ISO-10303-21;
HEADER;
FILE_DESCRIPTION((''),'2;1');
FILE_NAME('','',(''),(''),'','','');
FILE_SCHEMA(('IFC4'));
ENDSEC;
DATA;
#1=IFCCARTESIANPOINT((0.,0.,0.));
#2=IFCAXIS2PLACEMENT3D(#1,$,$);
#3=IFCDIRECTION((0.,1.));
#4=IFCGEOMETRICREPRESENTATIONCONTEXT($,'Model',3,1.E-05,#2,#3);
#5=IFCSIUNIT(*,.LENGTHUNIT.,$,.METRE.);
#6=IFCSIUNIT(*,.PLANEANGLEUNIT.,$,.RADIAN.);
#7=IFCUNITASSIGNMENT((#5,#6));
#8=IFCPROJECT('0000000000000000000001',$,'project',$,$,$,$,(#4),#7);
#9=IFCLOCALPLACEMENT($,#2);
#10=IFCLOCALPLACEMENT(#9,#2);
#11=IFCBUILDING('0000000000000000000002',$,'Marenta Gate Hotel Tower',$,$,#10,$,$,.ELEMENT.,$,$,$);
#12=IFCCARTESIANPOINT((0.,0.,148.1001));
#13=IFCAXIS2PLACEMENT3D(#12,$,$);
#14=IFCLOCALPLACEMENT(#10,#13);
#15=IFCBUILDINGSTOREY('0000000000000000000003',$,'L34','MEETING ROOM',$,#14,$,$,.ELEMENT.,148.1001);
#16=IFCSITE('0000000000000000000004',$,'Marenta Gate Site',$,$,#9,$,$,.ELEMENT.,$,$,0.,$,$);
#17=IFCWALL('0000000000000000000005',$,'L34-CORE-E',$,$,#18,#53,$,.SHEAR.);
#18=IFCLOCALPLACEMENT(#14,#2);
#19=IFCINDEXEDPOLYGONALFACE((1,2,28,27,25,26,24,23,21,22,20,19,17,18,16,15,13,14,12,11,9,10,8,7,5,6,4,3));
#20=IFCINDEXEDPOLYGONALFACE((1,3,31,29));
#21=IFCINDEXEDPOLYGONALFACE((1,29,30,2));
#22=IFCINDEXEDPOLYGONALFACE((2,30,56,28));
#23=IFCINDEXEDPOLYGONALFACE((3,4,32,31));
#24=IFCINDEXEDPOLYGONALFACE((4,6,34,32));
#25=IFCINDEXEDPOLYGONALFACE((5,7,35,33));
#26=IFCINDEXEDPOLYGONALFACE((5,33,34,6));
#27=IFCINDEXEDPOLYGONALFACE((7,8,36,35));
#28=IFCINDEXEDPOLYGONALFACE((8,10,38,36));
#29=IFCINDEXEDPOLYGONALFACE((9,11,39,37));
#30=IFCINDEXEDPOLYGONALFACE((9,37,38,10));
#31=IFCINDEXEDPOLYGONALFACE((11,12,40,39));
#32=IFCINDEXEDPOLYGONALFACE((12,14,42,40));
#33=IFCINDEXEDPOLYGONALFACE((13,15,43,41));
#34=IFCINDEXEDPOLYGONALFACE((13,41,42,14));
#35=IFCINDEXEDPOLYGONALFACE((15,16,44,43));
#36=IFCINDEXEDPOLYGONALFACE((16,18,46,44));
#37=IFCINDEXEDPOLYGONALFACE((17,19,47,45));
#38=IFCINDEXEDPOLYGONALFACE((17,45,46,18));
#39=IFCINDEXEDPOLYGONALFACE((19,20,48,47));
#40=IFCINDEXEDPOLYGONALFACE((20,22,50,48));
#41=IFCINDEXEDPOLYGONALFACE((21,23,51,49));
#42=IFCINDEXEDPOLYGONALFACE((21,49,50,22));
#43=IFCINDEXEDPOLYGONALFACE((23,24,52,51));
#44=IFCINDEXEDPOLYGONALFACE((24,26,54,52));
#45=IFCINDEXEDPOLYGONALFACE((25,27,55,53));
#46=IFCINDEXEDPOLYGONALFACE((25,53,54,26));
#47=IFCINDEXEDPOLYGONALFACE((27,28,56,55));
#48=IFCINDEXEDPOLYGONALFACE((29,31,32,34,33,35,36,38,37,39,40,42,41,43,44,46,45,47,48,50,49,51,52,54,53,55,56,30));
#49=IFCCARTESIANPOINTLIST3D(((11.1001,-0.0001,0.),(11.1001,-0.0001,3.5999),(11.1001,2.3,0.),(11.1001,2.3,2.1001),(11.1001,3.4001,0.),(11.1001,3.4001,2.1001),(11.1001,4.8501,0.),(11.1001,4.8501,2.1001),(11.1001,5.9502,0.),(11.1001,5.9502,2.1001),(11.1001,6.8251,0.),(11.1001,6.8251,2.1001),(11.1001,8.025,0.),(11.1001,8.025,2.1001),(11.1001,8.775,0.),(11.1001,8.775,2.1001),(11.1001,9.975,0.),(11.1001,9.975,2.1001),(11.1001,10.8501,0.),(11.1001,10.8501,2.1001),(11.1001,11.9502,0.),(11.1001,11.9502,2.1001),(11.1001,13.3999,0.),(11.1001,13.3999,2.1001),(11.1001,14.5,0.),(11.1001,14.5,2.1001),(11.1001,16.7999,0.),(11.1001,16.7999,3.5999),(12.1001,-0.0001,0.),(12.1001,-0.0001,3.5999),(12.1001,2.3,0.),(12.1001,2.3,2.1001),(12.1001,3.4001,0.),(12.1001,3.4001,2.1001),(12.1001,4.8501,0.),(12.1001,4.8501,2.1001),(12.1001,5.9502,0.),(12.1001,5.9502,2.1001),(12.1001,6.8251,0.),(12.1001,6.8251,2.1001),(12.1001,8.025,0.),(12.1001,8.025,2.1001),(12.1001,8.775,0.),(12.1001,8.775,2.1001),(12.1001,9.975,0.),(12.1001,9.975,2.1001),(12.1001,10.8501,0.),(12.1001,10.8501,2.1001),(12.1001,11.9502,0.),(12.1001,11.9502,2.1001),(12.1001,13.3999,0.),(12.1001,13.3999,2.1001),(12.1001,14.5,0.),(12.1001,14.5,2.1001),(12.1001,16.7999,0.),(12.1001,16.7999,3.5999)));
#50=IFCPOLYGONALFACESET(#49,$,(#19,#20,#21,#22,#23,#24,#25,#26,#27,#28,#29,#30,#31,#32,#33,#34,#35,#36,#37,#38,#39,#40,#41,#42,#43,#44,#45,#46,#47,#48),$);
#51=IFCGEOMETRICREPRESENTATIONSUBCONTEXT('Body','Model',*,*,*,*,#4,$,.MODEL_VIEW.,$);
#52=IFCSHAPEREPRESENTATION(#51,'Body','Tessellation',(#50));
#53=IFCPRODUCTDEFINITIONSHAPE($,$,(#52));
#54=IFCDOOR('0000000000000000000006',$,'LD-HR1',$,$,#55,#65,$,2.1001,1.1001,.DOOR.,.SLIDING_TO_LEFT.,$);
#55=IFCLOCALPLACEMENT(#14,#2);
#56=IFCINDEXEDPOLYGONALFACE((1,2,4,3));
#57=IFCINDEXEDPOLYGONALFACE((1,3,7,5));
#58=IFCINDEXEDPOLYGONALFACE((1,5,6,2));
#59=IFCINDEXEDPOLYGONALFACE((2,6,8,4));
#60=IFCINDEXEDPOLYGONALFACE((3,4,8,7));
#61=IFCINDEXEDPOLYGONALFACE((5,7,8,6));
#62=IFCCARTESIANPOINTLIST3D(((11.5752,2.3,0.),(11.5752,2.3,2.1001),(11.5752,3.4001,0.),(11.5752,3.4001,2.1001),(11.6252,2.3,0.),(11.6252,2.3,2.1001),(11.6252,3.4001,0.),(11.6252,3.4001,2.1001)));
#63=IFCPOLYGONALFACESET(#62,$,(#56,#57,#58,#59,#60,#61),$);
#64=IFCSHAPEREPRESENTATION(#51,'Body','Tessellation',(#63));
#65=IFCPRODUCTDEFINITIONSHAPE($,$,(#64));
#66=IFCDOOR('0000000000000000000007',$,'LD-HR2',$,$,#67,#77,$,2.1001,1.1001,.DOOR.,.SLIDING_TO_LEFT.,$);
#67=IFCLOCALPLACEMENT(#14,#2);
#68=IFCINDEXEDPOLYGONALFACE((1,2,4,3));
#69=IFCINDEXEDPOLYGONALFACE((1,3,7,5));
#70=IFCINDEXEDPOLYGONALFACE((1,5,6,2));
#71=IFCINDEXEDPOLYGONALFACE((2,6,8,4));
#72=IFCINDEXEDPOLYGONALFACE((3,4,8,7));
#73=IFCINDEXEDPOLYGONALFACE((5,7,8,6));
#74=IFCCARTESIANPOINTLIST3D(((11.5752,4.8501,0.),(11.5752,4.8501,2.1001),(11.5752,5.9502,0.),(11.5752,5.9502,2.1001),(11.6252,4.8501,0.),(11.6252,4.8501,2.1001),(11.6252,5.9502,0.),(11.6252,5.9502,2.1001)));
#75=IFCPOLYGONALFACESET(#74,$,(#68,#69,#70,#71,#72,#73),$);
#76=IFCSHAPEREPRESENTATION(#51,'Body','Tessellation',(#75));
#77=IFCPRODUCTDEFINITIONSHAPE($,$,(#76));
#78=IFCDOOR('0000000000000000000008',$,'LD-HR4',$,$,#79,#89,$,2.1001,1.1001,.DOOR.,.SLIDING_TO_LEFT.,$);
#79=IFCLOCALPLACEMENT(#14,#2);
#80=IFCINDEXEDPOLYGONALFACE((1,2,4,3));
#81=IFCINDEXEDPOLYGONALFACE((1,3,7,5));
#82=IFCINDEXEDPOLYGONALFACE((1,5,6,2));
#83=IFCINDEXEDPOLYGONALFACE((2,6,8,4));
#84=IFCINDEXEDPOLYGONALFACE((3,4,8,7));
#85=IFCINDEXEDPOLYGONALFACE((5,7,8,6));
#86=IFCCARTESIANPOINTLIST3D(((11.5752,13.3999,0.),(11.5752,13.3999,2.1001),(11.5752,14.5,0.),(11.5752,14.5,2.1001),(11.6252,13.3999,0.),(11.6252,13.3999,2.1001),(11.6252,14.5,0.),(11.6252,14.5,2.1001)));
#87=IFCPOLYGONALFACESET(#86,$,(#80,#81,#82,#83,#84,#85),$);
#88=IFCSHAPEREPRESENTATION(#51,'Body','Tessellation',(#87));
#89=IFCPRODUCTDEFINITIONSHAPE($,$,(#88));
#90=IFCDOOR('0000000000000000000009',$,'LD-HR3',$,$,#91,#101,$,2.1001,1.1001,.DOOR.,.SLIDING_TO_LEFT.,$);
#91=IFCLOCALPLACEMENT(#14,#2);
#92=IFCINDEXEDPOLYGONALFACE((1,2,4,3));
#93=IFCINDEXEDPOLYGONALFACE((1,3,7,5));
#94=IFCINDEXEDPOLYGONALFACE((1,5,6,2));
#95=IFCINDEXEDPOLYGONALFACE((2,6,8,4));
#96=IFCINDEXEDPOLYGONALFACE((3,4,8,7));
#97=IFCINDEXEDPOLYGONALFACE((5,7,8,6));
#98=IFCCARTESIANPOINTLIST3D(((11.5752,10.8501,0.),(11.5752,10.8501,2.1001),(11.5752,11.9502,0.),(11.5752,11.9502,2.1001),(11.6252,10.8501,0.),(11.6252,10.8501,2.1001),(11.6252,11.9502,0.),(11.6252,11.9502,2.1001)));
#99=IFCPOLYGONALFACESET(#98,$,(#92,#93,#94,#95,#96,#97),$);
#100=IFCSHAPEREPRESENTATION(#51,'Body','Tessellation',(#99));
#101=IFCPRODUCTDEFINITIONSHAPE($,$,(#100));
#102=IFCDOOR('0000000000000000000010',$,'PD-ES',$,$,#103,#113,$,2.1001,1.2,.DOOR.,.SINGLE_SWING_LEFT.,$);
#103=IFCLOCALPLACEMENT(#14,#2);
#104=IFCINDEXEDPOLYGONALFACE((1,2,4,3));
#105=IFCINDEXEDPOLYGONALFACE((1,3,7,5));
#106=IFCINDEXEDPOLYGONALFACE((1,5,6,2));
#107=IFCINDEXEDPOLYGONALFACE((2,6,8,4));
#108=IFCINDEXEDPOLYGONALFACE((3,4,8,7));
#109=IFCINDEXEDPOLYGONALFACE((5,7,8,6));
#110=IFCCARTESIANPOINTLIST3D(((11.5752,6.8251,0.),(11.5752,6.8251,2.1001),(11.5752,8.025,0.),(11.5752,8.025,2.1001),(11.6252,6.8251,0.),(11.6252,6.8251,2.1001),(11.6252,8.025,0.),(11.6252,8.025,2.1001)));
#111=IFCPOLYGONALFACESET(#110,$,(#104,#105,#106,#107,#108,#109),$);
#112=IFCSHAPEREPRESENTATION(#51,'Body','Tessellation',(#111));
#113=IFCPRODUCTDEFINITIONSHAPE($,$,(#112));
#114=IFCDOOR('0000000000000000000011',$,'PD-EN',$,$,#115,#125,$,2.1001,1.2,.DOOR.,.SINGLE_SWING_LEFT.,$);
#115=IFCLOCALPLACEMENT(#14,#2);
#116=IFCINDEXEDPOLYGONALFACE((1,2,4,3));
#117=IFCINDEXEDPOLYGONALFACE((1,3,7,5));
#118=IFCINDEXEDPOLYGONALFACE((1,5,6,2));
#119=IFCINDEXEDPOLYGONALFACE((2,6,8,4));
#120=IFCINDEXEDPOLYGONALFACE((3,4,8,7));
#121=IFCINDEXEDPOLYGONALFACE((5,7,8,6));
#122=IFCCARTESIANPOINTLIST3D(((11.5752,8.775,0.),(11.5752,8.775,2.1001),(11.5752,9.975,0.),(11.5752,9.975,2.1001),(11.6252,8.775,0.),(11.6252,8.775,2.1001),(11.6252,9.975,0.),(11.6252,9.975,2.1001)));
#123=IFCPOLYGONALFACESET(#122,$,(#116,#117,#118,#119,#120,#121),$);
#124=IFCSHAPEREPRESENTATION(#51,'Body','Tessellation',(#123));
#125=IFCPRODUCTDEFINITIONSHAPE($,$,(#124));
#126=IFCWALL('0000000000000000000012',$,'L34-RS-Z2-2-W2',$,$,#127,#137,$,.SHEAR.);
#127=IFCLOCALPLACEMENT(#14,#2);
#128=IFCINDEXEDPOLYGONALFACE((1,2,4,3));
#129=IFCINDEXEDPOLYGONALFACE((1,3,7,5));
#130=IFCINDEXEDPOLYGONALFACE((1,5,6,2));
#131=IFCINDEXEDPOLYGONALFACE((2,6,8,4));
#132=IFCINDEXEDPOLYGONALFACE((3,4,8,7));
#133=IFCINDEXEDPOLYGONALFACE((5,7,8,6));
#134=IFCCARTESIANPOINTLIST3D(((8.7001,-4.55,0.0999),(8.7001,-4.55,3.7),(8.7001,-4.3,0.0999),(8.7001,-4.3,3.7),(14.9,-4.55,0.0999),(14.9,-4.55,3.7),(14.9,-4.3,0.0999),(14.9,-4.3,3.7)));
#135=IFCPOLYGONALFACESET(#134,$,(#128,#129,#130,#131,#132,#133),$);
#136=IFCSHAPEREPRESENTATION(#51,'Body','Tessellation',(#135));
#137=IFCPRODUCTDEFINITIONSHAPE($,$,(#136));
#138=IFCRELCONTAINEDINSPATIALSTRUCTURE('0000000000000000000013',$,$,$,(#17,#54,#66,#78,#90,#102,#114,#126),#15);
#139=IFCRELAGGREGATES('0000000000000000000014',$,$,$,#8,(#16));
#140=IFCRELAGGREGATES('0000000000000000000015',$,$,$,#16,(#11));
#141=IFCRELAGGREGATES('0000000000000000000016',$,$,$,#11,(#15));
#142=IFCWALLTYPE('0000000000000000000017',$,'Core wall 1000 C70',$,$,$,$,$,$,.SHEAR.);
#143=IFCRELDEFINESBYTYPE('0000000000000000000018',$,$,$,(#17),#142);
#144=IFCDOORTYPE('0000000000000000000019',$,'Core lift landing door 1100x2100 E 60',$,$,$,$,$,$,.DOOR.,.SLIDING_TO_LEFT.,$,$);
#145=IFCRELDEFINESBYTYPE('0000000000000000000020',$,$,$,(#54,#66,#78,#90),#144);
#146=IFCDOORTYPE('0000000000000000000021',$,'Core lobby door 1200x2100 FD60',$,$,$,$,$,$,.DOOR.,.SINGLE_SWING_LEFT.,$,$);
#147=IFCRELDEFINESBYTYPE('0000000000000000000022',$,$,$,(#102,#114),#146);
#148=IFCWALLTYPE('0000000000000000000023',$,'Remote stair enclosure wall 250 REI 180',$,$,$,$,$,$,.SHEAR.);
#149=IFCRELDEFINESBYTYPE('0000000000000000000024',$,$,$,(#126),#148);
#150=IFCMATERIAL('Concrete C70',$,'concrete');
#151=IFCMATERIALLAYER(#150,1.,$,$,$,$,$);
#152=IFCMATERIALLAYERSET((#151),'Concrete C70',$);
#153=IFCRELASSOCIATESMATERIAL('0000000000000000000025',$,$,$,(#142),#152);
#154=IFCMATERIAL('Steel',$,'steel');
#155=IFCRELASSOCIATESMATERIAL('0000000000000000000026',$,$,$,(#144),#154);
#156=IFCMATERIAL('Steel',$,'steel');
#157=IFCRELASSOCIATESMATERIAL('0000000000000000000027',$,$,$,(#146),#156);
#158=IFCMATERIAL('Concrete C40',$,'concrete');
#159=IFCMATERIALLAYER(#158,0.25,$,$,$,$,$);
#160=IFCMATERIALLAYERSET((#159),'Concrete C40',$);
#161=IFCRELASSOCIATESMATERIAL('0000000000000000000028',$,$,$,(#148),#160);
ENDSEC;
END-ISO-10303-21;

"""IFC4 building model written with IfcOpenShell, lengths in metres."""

from ifc_helpers import new_model, si_unit, direction, frame, frame_2d, origin, place, context, subcontext, project, spatial, rectangle, extrude, material, layer, layer_set, type_object, element, fill, save


model = new_model("IFC4")

# Units and contexts
model_context = context("Model", 3, precision=1e-05, world=origin(), true_north=direction((0.0, 1.0)))
body_context = subcontext(model_context, "Body", "Model", "MODEL_VIEW")
ifc_project = project(units=[si_unit("LENGTHUNIT", "METRE"), si_unit("PLANEANGLEUNIT", "RADIAN")], contexts=[model_context])

# Site, building, storey
site_placement = place(None, origin())
site = spatial("IfcSite", under=ifc_project, at=site_placement, Name="Marenta Gate Site", CompositionType="ELEMENT", RefElevation=0.0)
building_placement = place(site_placement, origin())
building = spatial("IfcBuilding", under=site, at=building_placement, Name="Marenta Gate Hotel Tower", CompositionType="ELEMENT")
storey_placement = place(building_placement, frame((0.0, 0.0, 148.1001)))
storey = spatial("IfcBuildingStorey", under=building, at=storey_placement, Name="L34", Description="MEETING ROOM", CompositionType="ELEMENT", Elevation=148.1001)

# Wall, openings, doors
ifc_material_1 = material(Name="Concrete C70", Category="concrete")
ifc_layer_1 = layer(ifc_material_1, 1.0)
ifc_layer_set_1 = layer_set([ifc_layer_1], Name="Concrete C70")
wall_type_1 = type_object("IfcWallType", Name="Core wall 1000 C70", PredefinedType="SHEAR", material=ifc_layer_set_1)
wall_1_placement = place(storey_placement, frame((11.6001, 0.0, 0.0), z_axis=(0.0, 0.0, 1.0), x_axis=(0.0, 1.0, 0.0)))
wall_1 = element("IfcWall", 1, at=wall_1_placement, inside=storey, type_object=wall_type_1, Name="L34-CORE-E", PredefinedType="SHEAR", context=body_context, shape_type="SweptSolid", body=[
    extrude(rectangle(XDim=16.8, YDim=1.0, at=frame_2d((8.3999, 0.0))), origin(), (0.0, 0.0, 1.0), 3.5999),
])
opening_1_placement = place(wall_1_placement, frame((2.3, 0.0, 0.0)))
opening_1 = element("IfcOpeningElement", 2, at=opening_1_placement, cuts=wall_1, PredefinedType="OPENING", context=body_context, shape_type="SweptSolid", body=[
    extrude(rectangle(XDim=1.1001, YDim=2.1001, at=frame_2d((0.55, 1.05))), frame((0.0, 0.5, 0.0), z_axis=(0.0, -1.0, 0.0), x_axis=(1.0, 0.0, 0.0)), (0.0, 0.0, 1.0), 1.0),
])
opening_2_placement = place(wall_1_placement, frame((4.8501, 0.0, 0.0)))
opening_2 = element("IfcOpeningElement", 3, at=opening_2_placement, cuts=wall_1, PredefinedType="OPENING", context=body_context, shape_type="SweptSolid", body=[
    extrude(rectangle(XDim=1.1001, YDim=2.1001, at=frame_2d((0.55, 1.05))), frame((0.0, 0.5, 0.0), z_axis=(0.0, -1.0, 0.0), x_axis=(1.0, 0.0, 0.0)), (0.0, 0.0, 1.0), 1.0),
])
opening_3_placement = place(wall_1_placement, frame((6.825, 0.0, 0.0)))
opening_3 = element("IfcOpeningElement", 4, at=opening_3_placement, cuts=wall_1, PredefinedType="OPENING", context=body_context, shape_type="SweptSolid", body=[
    extrude(rectangle(XDim=1.2, YDim=2.1001, at=frame_2d((0.6001, 1.05))), frame((0.0, 0.5, 0.0), z_axis=(0.0, -1.0, 0.0), x_axis=(1.0, 0.0, 0.0)), (0.0, 0.0, 1.0), 1.0),
])
opening_4_placement = place(wall_1_placement, frame((13.3999, 0.0, 0.0)))
opening_4 = element("IfcOpeningElement", 5, at=opening_4_placement, cuts=wall_1, PredefinedType="OPENING", context=body_context, shape_type="SweptSolid", body=[
    extrude(rectangle(XDim=1.1001, YDim=2.1001, at=frame_2d((0.55, 1.05))), frame((0.0, 0.5, 0.0), z_axis=(0.0, -1.0, 0.0), x_axis=(1.0, 0.0, 0.0)), (0.0, 0.0, 1.0), 1.0),
])
opening_5_placement = place(wall_1_placement, frame((10.8501, 0.0, 0.0)))
opening_5 = element("IfcOpeningElement", 6, at=opening_5_placement, cuts=wall_1, PredefinedType="OPENING", context=body_context, shape_type="SweptSolid", body=[
    extrude(rectangle(XDim=1.1001, YDim=2.1001, at=frame_2d((0.55, 1.05))), frame((0.0, 0.5, 0.0), z_axis=(0.0, -1.0, 0.0), x_axis=(1.0, 0.0, 0.0)), (0.0, 0.0, 1.0), 1.0),
])
opening_6_placement = place(wall_1_placement, frame((8.7749, 0.0, 0.0)))
opening_6 = element("IfcOpeningElement", 7, at=opening_6_placement, cuts=wall_1, PredefinedType="OPENING", context=body_context, shape_type="SweptSolid", body=[
    extrude(rectangle(XDim=1.2, YDim=2.1001, at=frame_2d((0.6001, 1.05))), frame((0.0, 0.5, 0.0), z_axis=(0.0, -1.0, 0.0), x_axis=(1.0, 0.0, 0.0)), (0.0, 0.0, 1.0), 1.0),
])
ifc_material_2 = material(Name="Steel", Category="steel")
door_type_1 = type_object("IfcDoorType", Name="Core lift landing door 1100x2100 E 60", OperationType="SLIDING_TO_LEFT", PredefinedType="DOOR", material=ifc_material_2)
door_1_placement = place(opening_1_placement, origin())
door_1 = element("IfcDoor", 8, at=door_1_placement, inside=storey, type_object=door_type_1, Name="LD-HR1", OperationType="SLIDING_TO_LEFT", OverallHeight=2.1001, OverallWidth=1.1001, PredefinedType="DOOR", context=body_context, shape_type="SweptSolid", body=[
    extrude(rectangle(XDim=1.1001, YDim=2.1001, at=frame_2d((0.55, 1.05))), frame((0.0, 0.0249, 0.0), z_axis=(0.0, -1.0, 0.0), x_axis=(1.0, 0.0, 0.0)), (0.0, 0.0, 1.0), 0.05),
])
fill(opening_1, door_1)
door_2_placement = place(opening_2_placement, origin())
door_2 = element("IfcDoor", 9, at=door_2_placement, inside=storey, type_object=door_type_1, Name="LD-HR2", OperationType="SLIDING_TO_LEFT", OverallHeight=2.1001, OverallWidth=1.1001, PredefinedType="DOOR", context=body_context, shape_type="SweptSolid", body=[
    extrude(rectangle(XDim=1.1001, YDim=2.1001, at=frame_2d((0.55, 1.05))), frame((0.0, 0.0249, 0.0), z_axis=(0.0, -1.0, 0.0), x_axis=(1.0, 0.0, 0.0)), (0.0, 0.0, 1.0), 0.05),
])
fill(opening_2, door_2)
door_3_placement = place(opening_4_placement, origin())
door_3 = element("IfcDoor", 10, at=door_3_placement, inside=storey, type_object=door_type_1, Name="LD-HR4", OperationType="SLIDING_TO_LEFT", OverallHeight=2.1001, OverallWidth=1.1001, PredefinedType="DOOR", context=body_context, shape_type="SweptSolid", body=[
    extrude(rectangle(XDim=1.1001, YDim=2.1001, at=frame_2d((0.55, 1.05))), frame((0.0, 0.0249, 0.0), z_axis=(0.0, -1.0, 0.0), x_axis=(1.0, 0.0, 0.0)), (0.0, 0.0, 1.0), 0.05),
])
fill(opening_4, door_3)
door_4_placement = place(opening_5_placement, origin())
door_4 = element("IfcDoor", 11, at=door_4_placement, inside=storey, type_object=door_type_1, Name="LD-HR3", OperationType="SLIDING_TO_LEFT", OverallHeight=2.1001, OverallWidth=1.1001, PredefinedType="DOOR", context=body_context, shape_type="SweptSolid", body=[
    extrude(rectangle(XDim=1.1001, YDim=2.1001, at=frame_2d((0.55, 1.05))), frame((0.0, 0.0249, 0.0), z_axis=(0.0, -1.0, 0.0), x_axis=(1.0, 0.0, 0.0)), (0.0, 0.0, 1.0), 0.05),
])
fill(opening_5, door_4)
ifc_material_3 = material(Name="Steel", Category="steel")
door_type_2 = type_object("IfcDoorType", Name="Core lobby door 1200x2100 FD60", OperationType="SINGLE_SWING_LEFT", PredefinedType="DOOR", material=ifc_material_3)
door_5_placement = place(opening_3_placement, origin())
door_5 = element("IfcDoor", 12, at=door_5_placement, inside=storey, type_object=door_type_2, Name="PD-ES", OperationType="SINGLE_SWING_LEFT", OverallHeight=2.1001, OverallWidth=1.2, PredefinedType="DOOR", context=body_context, shape_type="SweptSolid", body=[
    extrude(rectangle(XDim=1.2, YDim=2.1001, at=frame_2d((0.6001, 1.05))), frame((0.0, 0.0249, 0.0), z_axis=(0.0, -1.0, 0.0), x_axis=(1.0, 0.0, 0.0)), (0.0, 0.0, 1.0), 0.05),
])
fill(opening_3, door_5)
door_6_placement = place(opening_6_placement, origin())
door_6 = element("IfcDoor", 13, at=door_6_placement, inside=storey, type_object=door_type_2, Name="PD-EN", OperationType="SINGLE_SWING_LEFT", OverallHeight=2.1001, OverallWidth=1.2, PredefinedType="DOOR", context=body_context, shape_type="SweptSolid", body=[
    extrude(rectangle(XDim=1.2, YDim=2.1001, at=frame_2d((0.6001, 1.05))), frame((0.0, 0.0249, 0.0), z_axis=(0.0, -1.0, 0.0), x_axis=(1.0, 0.0, 0.0)), (0.0, 0.0, 1.0), 0.05),
])
fill(opening_6, door_6)

# Wall
ifc_material_4 = material(Name="Concrete C40", Category="concrete")
ifc_layer_2 = layer(ifc_material_4, 0.25)
ifc_layer_set_2 = layer_set([ifc_layer_2], Name="Concrete C40")
wall_type_2 = type_object("IfcWallType", Name="Remote stair enclosure wall 250 REI 180", PredefinedType="SHEAR", material=ifc_layer_set_2)
wall_2_placement = place(storey_placement, frame((8.7, -4.425, 0.0999), z_axis=(0.0, 0.0, 1.0), x_axis=(1.0, 0.0, 0.0)))
element("IfcWall", 14, at=wall_2_placement, inside=storey, type_object=wall_type_2, Name="L34-RS-Z2-2-W2", PredefinedType="SHEAR", context=body_context, shape_type="SweptSolid", body=[
    extrude(rectangle(XDim=6.2, YDim=0.25, at=frame_2d((3.1001, 0.0))), origin(), (0.0, 0.0, 1.0), 3.6001),
])

save(model, "model.ifc")
